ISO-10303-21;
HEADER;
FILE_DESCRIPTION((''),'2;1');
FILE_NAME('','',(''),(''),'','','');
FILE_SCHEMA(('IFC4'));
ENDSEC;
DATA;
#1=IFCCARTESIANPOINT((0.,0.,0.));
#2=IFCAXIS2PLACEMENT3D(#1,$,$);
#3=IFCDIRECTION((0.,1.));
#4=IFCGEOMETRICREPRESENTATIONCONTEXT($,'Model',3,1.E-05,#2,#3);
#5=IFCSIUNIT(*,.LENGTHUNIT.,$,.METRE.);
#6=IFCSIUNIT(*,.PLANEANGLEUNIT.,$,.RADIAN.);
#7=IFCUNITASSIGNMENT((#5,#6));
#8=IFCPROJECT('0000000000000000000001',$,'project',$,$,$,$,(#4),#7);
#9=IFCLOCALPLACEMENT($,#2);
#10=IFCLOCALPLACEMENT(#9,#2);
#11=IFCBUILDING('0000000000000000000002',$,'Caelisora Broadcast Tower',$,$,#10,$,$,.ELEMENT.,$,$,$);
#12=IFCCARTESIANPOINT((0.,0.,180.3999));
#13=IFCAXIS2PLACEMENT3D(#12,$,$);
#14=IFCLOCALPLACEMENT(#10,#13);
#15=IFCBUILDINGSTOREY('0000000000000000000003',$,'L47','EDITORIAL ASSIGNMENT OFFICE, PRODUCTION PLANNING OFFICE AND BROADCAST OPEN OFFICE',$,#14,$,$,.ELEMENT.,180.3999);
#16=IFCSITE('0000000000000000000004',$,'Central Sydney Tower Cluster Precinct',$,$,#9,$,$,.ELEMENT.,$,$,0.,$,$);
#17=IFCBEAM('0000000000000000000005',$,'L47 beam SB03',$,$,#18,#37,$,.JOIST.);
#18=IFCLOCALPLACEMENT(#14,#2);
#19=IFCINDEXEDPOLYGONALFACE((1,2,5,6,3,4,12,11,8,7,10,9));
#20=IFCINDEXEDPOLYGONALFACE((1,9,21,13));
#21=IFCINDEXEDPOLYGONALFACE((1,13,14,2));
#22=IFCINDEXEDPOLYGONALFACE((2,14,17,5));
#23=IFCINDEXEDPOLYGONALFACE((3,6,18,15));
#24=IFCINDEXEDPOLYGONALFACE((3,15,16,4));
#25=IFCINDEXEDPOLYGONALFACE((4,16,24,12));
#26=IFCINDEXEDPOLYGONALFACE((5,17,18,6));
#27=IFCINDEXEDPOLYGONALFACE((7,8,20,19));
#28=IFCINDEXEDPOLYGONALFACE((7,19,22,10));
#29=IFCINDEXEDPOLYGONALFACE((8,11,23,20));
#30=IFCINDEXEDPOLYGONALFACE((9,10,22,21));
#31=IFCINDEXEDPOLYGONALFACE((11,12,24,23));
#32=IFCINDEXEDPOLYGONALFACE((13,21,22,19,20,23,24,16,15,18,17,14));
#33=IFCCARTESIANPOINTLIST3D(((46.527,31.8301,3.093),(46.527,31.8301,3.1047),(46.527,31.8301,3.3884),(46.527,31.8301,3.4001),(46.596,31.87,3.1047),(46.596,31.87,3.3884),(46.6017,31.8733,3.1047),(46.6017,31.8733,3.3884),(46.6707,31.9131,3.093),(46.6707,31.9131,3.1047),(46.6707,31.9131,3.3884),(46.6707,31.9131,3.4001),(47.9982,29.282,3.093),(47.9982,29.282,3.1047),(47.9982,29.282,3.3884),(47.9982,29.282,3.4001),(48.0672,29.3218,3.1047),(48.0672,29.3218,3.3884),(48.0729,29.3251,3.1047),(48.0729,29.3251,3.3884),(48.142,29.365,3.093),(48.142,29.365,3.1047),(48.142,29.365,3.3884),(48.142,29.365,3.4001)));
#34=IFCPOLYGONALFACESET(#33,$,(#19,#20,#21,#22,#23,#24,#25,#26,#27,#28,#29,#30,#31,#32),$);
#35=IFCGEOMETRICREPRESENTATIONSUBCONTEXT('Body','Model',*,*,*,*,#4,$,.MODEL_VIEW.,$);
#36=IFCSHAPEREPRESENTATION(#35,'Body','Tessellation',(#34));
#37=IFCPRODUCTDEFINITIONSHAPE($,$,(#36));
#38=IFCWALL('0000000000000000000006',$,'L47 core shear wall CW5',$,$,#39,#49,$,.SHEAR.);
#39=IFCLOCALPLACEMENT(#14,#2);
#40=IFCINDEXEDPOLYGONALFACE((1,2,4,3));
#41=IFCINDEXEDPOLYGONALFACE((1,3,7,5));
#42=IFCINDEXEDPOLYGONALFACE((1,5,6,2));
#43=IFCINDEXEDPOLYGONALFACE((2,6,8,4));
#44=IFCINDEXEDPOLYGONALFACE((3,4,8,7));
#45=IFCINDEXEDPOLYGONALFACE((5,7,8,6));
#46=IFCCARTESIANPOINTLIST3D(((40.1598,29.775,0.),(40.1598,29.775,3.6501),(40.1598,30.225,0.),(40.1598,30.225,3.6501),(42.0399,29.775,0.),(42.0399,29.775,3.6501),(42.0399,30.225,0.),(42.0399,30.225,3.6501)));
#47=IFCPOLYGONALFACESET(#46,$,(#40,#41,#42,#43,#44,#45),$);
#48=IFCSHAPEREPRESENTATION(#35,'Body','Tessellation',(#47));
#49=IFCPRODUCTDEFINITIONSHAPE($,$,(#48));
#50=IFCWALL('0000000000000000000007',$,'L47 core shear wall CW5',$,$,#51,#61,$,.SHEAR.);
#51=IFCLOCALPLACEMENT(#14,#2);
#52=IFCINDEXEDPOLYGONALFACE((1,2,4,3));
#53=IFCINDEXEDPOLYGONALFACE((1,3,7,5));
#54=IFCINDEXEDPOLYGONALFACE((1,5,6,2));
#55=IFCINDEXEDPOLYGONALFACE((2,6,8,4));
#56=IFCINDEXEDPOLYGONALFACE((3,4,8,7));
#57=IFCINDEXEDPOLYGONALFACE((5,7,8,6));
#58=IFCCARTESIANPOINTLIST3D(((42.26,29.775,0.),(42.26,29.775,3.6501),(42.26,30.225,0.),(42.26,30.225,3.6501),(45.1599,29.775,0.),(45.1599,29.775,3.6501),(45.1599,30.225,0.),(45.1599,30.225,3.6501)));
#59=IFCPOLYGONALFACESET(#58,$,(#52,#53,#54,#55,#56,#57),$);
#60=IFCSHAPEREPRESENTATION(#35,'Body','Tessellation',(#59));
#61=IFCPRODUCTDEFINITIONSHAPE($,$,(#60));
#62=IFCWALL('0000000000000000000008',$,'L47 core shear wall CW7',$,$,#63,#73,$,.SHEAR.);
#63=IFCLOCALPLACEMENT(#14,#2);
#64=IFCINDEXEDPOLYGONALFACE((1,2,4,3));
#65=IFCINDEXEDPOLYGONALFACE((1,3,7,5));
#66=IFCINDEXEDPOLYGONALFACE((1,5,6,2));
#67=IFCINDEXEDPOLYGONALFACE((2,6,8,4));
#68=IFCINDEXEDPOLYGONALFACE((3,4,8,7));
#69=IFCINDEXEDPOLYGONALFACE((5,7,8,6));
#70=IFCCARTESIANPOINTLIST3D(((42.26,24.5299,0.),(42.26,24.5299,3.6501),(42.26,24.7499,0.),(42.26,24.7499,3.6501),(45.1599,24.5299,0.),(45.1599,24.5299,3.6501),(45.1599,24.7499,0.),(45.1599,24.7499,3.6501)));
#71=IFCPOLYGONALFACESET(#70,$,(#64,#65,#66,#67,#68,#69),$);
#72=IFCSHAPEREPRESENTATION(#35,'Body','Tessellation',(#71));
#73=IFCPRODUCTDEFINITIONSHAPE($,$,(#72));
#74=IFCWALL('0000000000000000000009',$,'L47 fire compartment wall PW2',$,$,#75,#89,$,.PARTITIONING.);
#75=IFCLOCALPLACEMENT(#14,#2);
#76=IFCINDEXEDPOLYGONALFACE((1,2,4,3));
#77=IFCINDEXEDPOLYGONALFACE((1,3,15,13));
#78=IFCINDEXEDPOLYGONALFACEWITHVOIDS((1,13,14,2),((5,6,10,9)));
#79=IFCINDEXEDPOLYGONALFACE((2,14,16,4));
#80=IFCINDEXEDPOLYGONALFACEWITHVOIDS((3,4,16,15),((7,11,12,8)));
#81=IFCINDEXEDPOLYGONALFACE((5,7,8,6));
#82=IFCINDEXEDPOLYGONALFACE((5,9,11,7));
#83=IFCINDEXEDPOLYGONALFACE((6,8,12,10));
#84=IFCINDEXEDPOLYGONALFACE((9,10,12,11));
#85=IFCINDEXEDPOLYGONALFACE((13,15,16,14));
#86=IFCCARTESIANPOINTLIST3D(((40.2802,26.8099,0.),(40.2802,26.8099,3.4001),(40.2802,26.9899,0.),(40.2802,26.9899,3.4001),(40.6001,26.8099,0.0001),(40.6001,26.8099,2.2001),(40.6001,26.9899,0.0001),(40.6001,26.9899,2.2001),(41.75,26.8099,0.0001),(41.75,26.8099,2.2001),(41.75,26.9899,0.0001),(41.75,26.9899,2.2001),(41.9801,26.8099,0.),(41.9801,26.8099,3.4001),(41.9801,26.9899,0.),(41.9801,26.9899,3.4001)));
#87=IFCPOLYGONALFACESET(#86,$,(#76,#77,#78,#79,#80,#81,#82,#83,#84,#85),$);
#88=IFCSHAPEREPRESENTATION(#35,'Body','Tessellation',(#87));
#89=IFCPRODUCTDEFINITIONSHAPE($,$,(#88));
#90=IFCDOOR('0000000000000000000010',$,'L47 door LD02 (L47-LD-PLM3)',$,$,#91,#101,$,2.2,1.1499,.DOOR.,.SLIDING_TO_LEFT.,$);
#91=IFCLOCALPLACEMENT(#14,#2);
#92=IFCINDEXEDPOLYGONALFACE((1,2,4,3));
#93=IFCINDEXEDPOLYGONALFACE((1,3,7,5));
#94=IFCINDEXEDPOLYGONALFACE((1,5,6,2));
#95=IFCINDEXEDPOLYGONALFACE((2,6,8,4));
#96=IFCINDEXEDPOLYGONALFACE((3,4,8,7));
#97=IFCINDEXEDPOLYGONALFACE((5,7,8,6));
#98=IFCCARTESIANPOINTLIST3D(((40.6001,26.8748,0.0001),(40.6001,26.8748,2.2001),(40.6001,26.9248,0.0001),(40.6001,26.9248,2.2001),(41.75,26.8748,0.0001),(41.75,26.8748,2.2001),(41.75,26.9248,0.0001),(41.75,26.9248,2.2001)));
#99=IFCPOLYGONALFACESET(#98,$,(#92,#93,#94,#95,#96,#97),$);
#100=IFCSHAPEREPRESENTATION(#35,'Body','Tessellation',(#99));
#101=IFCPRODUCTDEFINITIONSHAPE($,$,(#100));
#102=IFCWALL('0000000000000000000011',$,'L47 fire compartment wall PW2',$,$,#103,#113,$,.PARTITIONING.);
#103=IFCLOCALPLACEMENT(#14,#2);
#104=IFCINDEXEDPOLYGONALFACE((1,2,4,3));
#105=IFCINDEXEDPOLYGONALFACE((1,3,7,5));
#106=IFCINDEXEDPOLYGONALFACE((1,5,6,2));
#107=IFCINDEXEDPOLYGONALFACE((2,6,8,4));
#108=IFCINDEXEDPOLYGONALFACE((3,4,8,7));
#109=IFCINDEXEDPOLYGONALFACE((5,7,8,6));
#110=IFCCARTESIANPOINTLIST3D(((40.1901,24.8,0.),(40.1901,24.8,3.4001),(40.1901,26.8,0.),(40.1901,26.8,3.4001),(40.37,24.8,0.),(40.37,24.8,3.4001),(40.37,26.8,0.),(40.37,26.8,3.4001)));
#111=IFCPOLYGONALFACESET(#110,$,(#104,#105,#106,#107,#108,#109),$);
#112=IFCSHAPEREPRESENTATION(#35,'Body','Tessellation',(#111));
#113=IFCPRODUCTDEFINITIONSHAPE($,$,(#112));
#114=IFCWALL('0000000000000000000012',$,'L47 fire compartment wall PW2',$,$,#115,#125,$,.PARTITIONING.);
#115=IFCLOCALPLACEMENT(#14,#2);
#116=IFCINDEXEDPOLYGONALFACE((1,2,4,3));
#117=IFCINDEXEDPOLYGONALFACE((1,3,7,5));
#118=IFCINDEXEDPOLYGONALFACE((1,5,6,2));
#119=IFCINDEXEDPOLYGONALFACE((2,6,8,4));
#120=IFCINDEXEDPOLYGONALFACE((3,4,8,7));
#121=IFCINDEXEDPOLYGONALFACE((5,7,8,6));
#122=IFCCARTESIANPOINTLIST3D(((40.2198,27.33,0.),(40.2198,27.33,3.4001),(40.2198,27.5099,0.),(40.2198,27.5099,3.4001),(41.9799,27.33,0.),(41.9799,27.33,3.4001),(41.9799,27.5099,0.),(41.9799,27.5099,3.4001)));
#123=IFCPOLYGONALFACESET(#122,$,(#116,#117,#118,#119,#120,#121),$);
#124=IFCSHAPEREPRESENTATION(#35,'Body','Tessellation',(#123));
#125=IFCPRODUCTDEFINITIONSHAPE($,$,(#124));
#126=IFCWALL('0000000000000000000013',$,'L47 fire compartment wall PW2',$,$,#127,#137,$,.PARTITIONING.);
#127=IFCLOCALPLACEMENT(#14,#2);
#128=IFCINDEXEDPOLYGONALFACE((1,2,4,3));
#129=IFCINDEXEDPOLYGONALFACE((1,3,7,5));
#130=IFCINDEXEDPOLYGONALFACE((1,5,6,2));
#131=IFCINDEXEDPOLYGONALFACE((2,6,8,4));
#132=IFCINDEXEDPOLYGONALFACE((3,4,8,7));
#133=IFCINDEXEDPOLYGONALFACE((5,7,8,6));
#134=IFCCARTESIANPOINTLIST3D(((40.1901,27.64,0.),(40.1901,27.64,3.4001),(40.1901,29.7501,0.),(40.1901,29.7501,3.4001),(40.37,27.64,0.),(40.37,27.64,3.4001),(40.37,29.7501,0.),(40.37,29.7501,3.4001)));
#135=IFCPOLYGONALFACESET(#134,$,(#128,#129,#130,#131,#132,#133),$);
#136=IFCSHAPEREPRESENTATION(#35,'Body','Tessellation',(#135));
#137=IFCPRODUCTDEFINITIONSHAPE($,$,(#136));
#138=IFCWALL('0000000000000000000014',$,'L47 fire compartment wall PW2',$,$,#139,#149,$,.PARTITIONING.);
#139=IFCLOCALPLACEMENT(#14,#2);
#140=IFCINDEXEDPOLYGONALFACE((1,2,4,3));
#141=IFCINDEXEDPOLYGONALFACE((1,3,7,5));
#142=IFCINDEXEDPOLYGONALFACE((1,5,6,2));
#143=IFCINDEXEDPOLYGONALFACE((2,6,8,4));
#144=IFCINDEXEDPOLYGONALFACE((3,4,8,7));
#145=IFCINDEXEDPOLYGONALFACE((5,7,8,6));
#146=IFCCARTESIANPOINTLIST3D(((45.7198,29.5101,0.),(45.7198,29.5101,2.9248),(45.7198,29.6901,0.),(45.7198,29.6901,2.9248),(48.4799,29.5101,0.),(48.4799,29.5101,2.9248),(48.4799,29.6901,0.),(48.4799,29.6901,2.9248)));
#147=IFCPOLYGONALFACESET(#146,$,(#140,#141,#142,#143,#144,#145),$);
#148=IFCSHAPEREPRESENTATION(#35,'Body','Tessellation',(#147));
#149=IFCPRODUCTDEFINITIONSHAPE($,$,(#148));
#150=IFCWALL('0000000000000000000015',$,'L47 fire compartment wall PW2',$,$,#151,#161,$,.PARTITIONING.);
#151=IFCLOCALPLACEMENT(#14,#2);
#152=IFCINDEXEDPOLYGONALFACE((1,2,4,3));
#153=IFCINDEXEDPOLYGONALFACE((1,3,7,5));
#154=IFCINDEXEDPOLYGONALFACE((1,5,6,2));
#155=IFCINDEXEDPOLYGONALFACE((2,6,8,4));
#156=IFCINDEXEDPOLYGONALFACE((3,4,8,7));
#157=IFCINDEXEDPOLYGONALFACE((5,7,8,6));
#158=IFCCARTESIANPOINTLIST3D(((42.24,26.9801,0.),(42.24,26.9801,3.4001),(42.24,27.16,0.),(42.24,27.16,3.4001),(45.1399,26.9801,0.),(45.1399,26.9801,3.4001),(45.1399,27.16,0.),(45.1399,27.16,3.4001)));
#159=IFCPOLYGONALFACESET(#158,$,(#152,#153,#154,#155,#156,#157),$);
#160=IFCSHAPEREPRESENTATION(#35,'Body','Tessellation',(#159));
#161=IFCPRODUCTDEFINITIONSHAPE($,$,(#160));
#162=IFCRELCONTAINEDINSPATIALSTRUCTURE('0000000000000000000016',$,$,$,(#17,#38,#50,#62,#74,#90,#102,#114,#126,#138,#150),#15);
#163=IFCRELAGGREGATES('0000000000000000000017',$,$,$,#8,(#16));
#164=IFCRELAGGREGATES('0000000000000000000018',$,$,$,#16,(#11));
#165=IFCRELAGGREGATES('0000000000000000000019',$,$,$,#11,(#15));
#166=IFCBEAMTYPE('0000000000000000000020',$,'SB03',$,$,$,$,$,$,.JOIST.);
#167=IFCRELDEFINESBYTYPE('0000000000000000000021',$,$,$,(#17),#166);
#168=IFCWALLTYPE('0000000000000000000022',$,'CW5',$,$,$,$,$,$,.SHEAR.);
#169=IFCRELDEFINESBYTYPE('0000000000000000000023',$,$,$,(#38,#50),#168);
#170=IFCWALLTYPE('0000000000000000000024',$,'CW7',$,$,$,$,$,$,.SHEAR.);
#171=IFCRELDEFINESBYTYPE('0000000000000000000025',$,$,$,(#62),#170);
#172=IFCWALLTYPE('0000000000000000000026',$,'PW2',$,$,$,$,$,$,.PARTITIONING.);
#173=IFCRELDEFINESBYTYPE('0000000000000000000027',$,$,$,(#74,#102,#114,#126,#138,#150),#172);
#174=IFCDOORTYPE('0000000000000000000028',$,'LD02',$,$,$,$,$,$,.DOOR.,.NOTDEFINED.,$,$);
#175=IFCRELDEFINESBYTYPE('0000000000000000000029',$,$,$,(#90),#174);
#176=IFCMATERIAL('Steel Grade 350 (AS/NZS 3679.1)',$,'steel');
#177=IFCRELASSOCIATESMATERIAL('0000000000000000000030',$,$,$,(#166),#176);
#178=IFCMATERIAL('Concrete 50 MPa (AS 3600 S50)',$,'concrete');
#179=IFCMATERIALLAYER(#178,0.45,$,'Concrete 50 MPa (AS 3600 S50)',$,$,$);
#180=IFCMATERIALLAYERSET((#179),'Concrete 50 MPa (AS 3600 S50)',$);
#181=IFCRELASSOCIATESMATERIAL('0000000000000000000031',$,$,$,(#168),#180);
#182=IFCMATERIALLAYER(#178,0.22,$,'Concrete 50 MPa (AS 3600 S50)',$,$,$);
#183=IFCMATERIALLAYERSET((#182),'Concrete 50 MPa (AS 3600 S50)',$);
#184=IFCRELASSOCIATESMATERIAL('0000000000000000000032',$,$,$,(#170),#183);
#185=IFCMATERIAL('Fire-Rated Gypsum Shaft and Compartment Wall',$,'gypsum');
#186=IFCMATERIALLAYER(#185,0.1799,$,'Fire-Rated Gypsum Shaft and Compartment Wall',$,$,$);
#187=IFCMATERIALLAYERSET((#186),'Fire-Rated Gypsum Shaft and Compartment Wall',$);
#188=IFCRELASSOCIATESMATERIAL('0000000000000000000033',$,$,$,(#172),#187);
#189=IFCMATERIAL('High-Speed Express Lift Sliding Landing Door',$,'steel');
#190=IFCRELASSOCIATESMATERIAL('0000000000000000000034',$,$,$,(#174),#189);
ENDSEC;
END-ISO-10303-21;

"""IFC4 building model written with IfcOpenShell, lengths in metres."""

from ifc_helpers import new_model, si_unit, direction, frame, frame_2d, origin, origin_2d, place, context, subcontext, project, spatial, rectangle, i_section, extrude, source, transform, mapped, material, layer, layer_set, material_profile, profile_set, type_object, element, fill, save


model = new_model("IFC4")

# Units and contexts
model_context = context("Model", 3, precision=1e-05, world=origin(), true_north=direction((0.0, 1.0)))
body_context = subcontext(model_context, "Body", "Model", "MODEL_VIEW")
ifc_project = project(units=[si_unit("LENGTHUNIT", "METRE"), si_unit("PLANEANGLEUNIT", "RADIAN")], contexts=[model_context])

# Site, building, storey
site_placement = place(None, origin())
site = spatial("IfcSite", under=ifc_project, at=site_placement, Name="Central Sydney Tower Cluster Precinct", CompositionType="ELEMENT", RefElevation=0.0)
building_placement = place(site_placement, origin())
building = spatial("IfcBuilding", under=site, at=building_placement, Name="Caelisora Broadcast Tower", CompositionType="ELEMENT")
storey_placement = place(building_placement, frame((0.0, 0.0, 180.3999)))
storey = spatial("IfcBuildingStorey", under=building, at=storey_placement, Name="L47", Description="EDITORIAL ASSIGNMENT OFFICE, PRODUCTION PLANNING OFFICE AND BROADCAST OPEN OFFICE", CompositionType="ELEMENT", Elevation=180.3999)

# Beam
ifc_material_1 = material(Name="Steel Grade 350 (AS/NZS 3679.1)", Category="steel")
ifc_material_profile_1 = material_profile(ifc_material_1, i_section(OverallWidth=0.166, OverallDepth=0.3071, WebThickness=0.0066, FlangeThickness=0.0117, at=origin_2d()), Name="Steel Grade 350 (AS/NZS 3679.1)")
ifc_profile_set_1 = profile_set([ifc_material_profile_1], Name="Steel Grade 350 (AS/NZS 3679.1)")
beam_type_1 = type_object("IfcBeamType", Name="SB03", PredefinedType="JOIST", material=ifc_profile_set_1)
shared_shape_1 = source(origin(), body_context, "Body", "SweptSolid", [
    extrude(i_section(OverallWidth=0.166, OverallDepth=0.3071, WebThickness=0.0066, FlangeThickness=0.0117, at=origin_2d()), origin(), (0.0, 0.0, 1.0), 2.9424),
])
beam_1_placement = place(storey_placement, frame((48.0701, 29.3235, 3.2466), z_axis=(-0.500012, 0.866018, 0.0), x_axis=(-0.866018, -0.500012, 0.0)))
element("IfcBeam", 1, at=beam_1_placement, inside=storey, type_object=beam_type_1, Name="L47 beam SB03", PredefinedType="JOIST", context=body_context, shape_type="MappedRepresentation", body=[
    mapped(shared_shape_1, transform((0.0, 0.0, 0.0), scale=1.0)),
])

# Walls
ifc_material_2 = material(Name="Concrete 50 MPa (AS 3600 S50)", Category="concrete")
ifc_layer_1 = layer(ifc_material_2, 0.45, Name="Concrete 50 MPa (AS 3600 S50)")
ifc_layer_set_1 = layer_set([ifc_layer_1], Name="Concrete 50 MPa (AS 3600 S50)")
wall_type_1 = type_object("IfcWallType", Name="CW5", PredefinedType="SHEAR", material=ifc_layer_set_1)
wall_1_placement = place(storey_placement, frame((40.1599, 30.0, 0.0), z_axis=(0.0, 0.0, 1.0), x_axis=(1.0, 0.0, 0.0)))
element("IfcWall", 2, at=wall_1_placement, inside=storey, type_object=wall_type_1, Name="L47 core shear wall CW5", PredefinedType="SHEAR", context=body_context, shape_type="SweptSolid", body=[
    extrude(rectangle(XDim=1.8801, YDim=0.45, at=frame_2d((0.9399, 0.0))), origin(), (0.0, 0.0, 1.0), 3.6501),
])
wall_2_placement = place(storey_placement, frame((42.26, 30.0, 0.0), z_axis=(0.0, 0.0, 1.0), x_axis=(1.0, 0.0, 0.0)))
element("IfcWall", 3, at=wall_2_placement, inside=storey, type_object=wall_type_1, Name="L47 core shear wall CW5", PredefinedType="SHEAR", context=body_context, shape_type="SweptSolid", body=[
    extrude(rectangle(XDim=2.8999, YDim=0.45, at=frame_2d((1.45, 0.0))), origin(), (0.0, 0.0, 1.0), 3.6501),
])
ifc_layer_2 = layer(ifc_material_2, 0.22, Name="Concrete 50 MPa (AS 3600 S50)")
ifc_layer_set_2 = layer_set([ifc_layer_2], Name="Concrete 50 MPa (AS 3600 S50)")
wall_type_2 = type_object("IfcWallType", Name="CW7", PredefinedType="SHEAR", material=ifc_layer_set_2)
wall_3_placement = place(storey_placement, frame((42.26, 24.6399, 0.0), z_axis=(0.0, 0.0, 1.0), x_axis=(1.0, 0.0, 0.0)))
element("IfcWall", 4, at=wall_3_placement, inside=storey, type_object=wall_type_2, Name="L47 core shear wall CW7", PredefinedType="SHEAR", context=body_context, shape_type="SweptSolid", body=[
    extrude(rectangle(XDim=2.8999, YDim=0.22, at=frame_2d((1.45, 0.0))), origin(), (0.0, 0.0, 1.0), 3.6501),
])

# Wall, opening, door
ifc_material_3 = material(Name="Fire-Rated Gypsum Shaft and Compartment Wall", Category="gypsum")
ifc_layer_3 = layer(ifc_material_3, 0.1799, Name="Fire-Rated Gypsum Shaft and Compartment Wall")
ifc_layer_set_3 = layer_set([ifc_layer_3], Name="Fire-Rated Gypsum Shaft and Compartment Wall")
wall_type_3 = type_object("IfcWallType", Name="PW2", PredefinedType="PARTITIONING", material=ifc_layer_set_3)
wall_4_placement = place(storey_placement, frame((40.28, 26.8999, 0.0), z_axis=(0.0, 0.0, 1.0), x_axis=(1.0, 0.0, 0.0)))
wall_4 = element("IfcWall", 5, at=wall_4_placement, inside=storey, type_object=wall_type_3, Name="L47 fire compartment wall PW2", PredefinedType="PARTITIONING", context=body_context, shape_type="SweptSolid", body=[
    extrude(rectangle(XDim=1.7, YDim=0.1799, at=frame_2d((0.8501, 0.0))), origin(), (0.0, 0.0, 1.0), 3.4001),
])
opening_1_placement = place(wall_4_placement, frame((0.3201, 0.0, 0.0)))
opening_1 = element("IfcOpeningElement", 6, at=opening_1_placement, cuts=wall_4, PredefinedType="OPENING", context=body_context, shape_type="SweptSolid", body=[
    extrude(rectangle(XDim=1.1499, YDim=2.2, at=frame_2d((0.575, 1.1001))), frame((0.0, 0.1021, 0.0), z_axis=(0.0, -1.0, 0.0), x_axis=(1.0, 0.0, 0.0)), (0.0, 0.0, 1.0), 0.2039),
])
ifc_material_4 = material(Name="High-Speed Express Lift Sliding Landing Door", Category="steel")
door_type_1 = type_object("IfcDoorType", Name="LD02", OperationType="NOTDEFINED", PredefinedType="DOOR", material=ifc_material_4)
door_1_placement = place(opening_1_placement, origin())
door_1 = element("IfcDoor", 7, at=door_1_placement, inside=storey, type_object=door_type_1, Name="L47 door LD02 (L47-LD-PLM3)", OperationType="SLIDING_TO_LEFT", OverallHeight=2.2, OverallWidth=1.1499, PredefinedType="DOOR", context=body_context, shape_type="SweptSolid", body=[
    extrude(rectangle(XDim=1.1499, YDim=2.2, at=frame_2d((0.575, 1.1001))), frame((0.0, 0.0249, 0.0), z_axis=(0.0, -1.0, 0.0), x_axis=(1.0, 0.0, 0.0)), (0.0, 0.0, 1.0), 0.05),
])
fill(opening_1, door_1)

# Walls
wall_5_placement = place(storey_placement, frame((40.28, 24.8, 0.0), z_axis=(0.0, 0.0, 1.0), x_axis=(0.0, 1.0, 0.0)))
element("IfcWall", 8, at=wall_5_placement, inside=storey, type_object=wall_type_3, Name="L47 fire compartment wall PW2", PredefinedType="PARTITIONING", context=body_context, shape_type="SweptSolid", body=[
    extrude(rectangle(XDim=2.0, YDim=0.1799, at=frame_2d((1.0, 0.0))), origin(), (0.0, 0.0, 1.0), 3.4001),
])
wall_6_placement = place(storey_placement, frame((40.22, 27.4199, 0.0), z_axis=(0.0, 0.0, 1.0), x_axis=(1.0, 0.0, 0.0)))
element("IfcWall", 9, at=wall_6_placement, inside=storey, type_object=wall_type_3, Name="L47 fire compartment wall PW2", PredefinedType="PARTITIONING", context=body_context, shape_type="SweptSolid", body=[
    extrude(rectangle(XDim=1.76, YDim=0.1799, at=frame_2d((0.8799, 0.0))), origin(), (0.0, 0.0, 1.0), 3.4001),
])
wall_7_placement = place(storey_placement, frame((40.28, 27.6399, 0.0), z_axis=(0.0, 0.0, 1.0), x_axis=(0.0, 1.0, 0.0)))
element("IfcWall", 10, at=wall_7_placement, inside=storey, type_object=wall_type_3, Name="L47 fire compartment wall PW2", PredefinedType="PARTITIONING", context=body_context, shape_type="SweptSolid", body=[
    extrude(rectangle(XDim=2.1101, YDim=0.1799, at=frame_2d((1.0552, 0.0))), origin(), (0.0, 0.0, 1.0), 3.4001),
])
wall_8_placement = place(storey_placement, frame((45.72, 29.6001, 0.0), z_axis=(0.0, 0.0, 1.0), x_axis=(1.0, 0.0, 0.0)))
element("IfcWall", 11, at=wall_8_placement, inside=storey, type_object=wall_type_3, Name="L47 fire compartment wall PW2", PredefinedType="PARTITIONING", context=body_context, shape_type="SweptSolid", body=[
    extrude(rectangle(XDim=2.76, YDim=0.1799, at=frame_2d((1.3799, 0.0))), origin(), (0.0, 0.0, 1.0), 2.9248),
])
wall_9_placement = place(storey_placement, frame((42.24, 27.0701, 0.0), z_axis=(0.0, 0.0, 1.0), x_axis=(1.0, 0.0, 0.0)))
element("IfcWall", 12, at=wall_9_placement, inside=storey, type_object=wall_type_3, Name="L47 fire compartment wall PW2", PredefinedType="PARTITIONING", context=body_context, shape_type="SweptSolid", body=[
    extrude(rectangle(XDim=2.8999, YDim=0.1799, at=frame_2d((1.45, 0.0))), origin(), (0.0, 0.0, 1.0), 3.4001),
])

save(model, "model.ifc")
